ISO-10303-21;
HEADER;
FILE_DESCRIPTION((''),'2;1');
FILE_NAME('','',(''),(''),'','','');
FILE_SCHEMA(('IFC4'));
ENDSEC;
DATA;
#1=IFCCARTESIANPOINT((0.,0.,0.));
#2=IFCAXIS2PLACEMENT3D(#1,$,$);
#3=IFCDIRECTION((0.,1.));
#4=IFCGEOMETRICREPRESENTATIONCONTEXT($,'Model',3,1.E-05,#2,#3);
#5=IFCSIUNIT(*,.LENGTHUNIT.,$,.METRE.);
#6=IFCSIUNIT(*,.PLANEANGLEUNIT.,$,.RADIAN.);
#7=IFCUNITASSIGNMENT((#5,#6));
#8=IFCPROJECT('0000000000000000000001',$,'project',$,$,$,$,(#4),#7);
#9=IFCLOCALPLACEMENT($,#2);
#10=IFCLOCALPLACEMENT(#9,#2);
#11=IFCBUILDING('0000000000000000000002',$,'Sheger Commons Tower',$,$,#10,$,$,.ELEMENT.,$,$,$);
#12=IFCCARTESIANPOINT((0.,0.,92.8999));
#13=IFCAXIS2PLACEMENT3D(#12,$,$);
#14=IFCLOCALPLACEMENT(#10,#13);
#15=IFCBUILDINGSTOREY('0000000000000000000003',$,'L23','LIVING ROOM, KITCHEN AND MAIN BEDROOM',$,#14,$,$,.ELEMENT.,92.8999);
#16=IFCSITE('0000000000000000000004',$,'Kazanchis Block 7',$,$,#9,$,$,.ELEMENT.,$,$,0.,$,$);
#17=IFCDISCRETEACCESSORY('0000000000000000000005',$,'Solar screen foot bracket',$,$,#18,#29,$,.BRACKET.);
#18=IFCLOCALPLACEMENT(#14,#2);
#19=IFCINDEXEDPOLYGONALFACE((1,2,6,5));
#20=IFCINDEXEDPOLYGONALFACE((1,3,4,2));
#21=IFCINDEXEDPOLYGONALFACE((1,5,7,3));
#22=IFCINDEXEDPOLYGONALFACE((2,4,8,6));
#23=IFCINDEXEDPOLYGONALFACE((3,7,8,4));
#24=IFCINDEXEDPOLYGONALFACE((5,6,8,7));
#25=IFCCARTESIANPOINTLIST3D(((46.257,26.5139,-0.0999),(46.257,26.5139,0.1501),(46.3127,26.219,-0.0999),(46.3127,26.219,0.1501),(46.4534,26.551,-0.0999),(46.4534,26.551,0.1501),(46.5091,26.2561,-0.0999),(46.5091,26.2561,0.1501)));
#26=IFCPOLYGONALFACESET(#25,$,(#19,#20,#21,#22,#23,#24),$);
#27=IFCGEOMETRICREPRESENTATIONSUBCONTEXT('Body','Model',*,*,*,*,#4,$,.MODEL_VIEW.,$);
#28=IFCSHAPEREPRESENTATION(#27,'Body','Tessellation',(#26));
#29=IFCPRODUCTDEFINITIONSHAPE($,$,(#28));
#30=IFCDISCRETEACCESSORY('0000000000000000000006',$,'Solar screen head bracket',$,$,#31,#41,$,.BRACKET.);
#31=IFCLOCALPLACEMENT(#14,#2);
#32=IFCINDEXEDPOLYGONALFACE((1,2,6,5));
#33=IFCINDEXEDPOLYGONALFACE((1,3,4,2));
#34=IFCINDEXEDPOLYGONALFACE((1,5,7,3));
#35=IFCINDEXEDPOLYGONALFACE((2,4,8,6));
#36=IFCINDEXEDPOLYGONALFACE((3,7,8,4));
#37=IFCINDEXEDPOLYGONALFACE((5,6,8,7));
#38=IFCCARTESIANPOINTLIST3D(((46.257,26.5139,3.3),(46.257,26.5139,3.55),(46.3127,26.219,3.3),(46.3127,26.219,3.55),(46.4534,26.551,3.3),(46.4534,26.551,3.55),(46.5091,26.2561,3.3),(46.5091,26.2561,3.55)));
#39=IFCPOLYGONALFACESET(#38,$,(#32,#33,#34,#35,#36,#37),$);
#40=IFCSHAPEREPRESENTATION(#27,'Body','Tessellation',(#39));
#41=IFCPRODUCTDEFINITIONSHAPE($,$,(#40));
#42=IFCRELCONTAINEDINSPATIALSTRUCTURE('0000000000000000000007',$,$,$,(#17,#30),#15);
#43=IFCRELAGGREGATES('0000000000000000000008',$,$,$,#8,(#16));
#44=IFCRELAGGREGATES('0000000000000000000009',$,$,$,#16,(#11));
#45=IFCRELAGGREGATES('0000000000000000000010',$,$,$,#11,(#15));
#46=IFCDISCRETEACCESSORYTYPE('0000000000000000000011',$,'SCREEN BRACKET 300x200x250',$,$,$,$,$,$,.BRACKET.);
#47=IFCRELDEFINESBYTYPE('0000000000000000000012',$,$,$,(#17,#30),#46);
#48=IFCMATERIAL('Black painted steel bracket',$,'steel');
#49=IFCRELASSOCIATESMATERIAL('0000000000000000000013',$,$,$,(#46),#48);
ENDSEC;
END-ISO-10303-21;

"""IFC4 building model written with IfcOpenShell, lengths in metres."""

from ifc_helpers import new_model, si_unit, direction, frame, origin, origin_2d, place, context, subcontext, project, spatial, rectangle, extrude, material, type_object, element, save


model = new_model("IFC4")

# Units and contexts
model_context = context("Model", 3, precision=1e-05, world=origin(), true_north=direction((0.0, 1.0)))
body_context = subcontext(model_context, "Body", "Model", "MODEL_VIEW")
ifc_project = project(units=[si_unit("LENGTHUNIT", "METRE"), si_unit("PLANEANGLEUNIT", "RADIAN")], contexts=[model_context])

# Site, building, storey
site_placement = place(None, origin())
site = spatial("IfcSite", under=ifc_project, at=site_placement, Name="Kazanchis Block 7", CompositionType="ELEMENT", RefElevation=0.0)
building_placement = place(site_placement, origin())
building = spatial("IfcBuilding", under=site, at=building_placement, Name="Sheger Commons Tower", CompositionType="ELEMENT")
storey_placement = place(building_placement, frame((0.0, 0.0, 92.8999)))
storey = spatial("IfcBuildingStorey", under=building, at=storey_placement, Name="L23", Description="LIVING ROOM, KITCHEN AND MAIN BEDROOM", CompositionType="ELEMENT", Elevation=92.8999)

# Discrete accessories
ifc_material_1 = material(Name="Black painted steel bracket", Category="steel")
discrete_accessory_type = type_object("IfcDiscreteAccessoryType", Name="SCREEN BRACKET 300x200x250", PredefinedType="BRACKET", material=ifc_material_1)
for number, where, z_axis, x_axis, name in (
    (1, (46.3831, 26.385, -0.0999), (0.0, 0.0, 1.0), (-0.185615, 0.982623, 0.0), "Solar screen foot bracket"),
    (2, (46.3831, 26.385, 3.3), (0.0, 0.0, 1.0), (-0.185615, 0.982623, 0.0), "Solar screen head bracket"),
):
    element("IfcDiscreteAccessory", number, at=place(storey_placement, frame(where, z_axis=z_axis, x_axis=x_axis)), inside=storey, type_object=discrete_accessory_type, Name=name, PredefinedType="BRACKET", context=body_context, shape_type="SweptSolid", body=[
        extrude(rectangle(XDim=0.3, YDim=0.2, at=origin_2d()), origin(), (0.0, 0.0, 1.0), 0.25),
    ])

save(model, "model.ifc")
